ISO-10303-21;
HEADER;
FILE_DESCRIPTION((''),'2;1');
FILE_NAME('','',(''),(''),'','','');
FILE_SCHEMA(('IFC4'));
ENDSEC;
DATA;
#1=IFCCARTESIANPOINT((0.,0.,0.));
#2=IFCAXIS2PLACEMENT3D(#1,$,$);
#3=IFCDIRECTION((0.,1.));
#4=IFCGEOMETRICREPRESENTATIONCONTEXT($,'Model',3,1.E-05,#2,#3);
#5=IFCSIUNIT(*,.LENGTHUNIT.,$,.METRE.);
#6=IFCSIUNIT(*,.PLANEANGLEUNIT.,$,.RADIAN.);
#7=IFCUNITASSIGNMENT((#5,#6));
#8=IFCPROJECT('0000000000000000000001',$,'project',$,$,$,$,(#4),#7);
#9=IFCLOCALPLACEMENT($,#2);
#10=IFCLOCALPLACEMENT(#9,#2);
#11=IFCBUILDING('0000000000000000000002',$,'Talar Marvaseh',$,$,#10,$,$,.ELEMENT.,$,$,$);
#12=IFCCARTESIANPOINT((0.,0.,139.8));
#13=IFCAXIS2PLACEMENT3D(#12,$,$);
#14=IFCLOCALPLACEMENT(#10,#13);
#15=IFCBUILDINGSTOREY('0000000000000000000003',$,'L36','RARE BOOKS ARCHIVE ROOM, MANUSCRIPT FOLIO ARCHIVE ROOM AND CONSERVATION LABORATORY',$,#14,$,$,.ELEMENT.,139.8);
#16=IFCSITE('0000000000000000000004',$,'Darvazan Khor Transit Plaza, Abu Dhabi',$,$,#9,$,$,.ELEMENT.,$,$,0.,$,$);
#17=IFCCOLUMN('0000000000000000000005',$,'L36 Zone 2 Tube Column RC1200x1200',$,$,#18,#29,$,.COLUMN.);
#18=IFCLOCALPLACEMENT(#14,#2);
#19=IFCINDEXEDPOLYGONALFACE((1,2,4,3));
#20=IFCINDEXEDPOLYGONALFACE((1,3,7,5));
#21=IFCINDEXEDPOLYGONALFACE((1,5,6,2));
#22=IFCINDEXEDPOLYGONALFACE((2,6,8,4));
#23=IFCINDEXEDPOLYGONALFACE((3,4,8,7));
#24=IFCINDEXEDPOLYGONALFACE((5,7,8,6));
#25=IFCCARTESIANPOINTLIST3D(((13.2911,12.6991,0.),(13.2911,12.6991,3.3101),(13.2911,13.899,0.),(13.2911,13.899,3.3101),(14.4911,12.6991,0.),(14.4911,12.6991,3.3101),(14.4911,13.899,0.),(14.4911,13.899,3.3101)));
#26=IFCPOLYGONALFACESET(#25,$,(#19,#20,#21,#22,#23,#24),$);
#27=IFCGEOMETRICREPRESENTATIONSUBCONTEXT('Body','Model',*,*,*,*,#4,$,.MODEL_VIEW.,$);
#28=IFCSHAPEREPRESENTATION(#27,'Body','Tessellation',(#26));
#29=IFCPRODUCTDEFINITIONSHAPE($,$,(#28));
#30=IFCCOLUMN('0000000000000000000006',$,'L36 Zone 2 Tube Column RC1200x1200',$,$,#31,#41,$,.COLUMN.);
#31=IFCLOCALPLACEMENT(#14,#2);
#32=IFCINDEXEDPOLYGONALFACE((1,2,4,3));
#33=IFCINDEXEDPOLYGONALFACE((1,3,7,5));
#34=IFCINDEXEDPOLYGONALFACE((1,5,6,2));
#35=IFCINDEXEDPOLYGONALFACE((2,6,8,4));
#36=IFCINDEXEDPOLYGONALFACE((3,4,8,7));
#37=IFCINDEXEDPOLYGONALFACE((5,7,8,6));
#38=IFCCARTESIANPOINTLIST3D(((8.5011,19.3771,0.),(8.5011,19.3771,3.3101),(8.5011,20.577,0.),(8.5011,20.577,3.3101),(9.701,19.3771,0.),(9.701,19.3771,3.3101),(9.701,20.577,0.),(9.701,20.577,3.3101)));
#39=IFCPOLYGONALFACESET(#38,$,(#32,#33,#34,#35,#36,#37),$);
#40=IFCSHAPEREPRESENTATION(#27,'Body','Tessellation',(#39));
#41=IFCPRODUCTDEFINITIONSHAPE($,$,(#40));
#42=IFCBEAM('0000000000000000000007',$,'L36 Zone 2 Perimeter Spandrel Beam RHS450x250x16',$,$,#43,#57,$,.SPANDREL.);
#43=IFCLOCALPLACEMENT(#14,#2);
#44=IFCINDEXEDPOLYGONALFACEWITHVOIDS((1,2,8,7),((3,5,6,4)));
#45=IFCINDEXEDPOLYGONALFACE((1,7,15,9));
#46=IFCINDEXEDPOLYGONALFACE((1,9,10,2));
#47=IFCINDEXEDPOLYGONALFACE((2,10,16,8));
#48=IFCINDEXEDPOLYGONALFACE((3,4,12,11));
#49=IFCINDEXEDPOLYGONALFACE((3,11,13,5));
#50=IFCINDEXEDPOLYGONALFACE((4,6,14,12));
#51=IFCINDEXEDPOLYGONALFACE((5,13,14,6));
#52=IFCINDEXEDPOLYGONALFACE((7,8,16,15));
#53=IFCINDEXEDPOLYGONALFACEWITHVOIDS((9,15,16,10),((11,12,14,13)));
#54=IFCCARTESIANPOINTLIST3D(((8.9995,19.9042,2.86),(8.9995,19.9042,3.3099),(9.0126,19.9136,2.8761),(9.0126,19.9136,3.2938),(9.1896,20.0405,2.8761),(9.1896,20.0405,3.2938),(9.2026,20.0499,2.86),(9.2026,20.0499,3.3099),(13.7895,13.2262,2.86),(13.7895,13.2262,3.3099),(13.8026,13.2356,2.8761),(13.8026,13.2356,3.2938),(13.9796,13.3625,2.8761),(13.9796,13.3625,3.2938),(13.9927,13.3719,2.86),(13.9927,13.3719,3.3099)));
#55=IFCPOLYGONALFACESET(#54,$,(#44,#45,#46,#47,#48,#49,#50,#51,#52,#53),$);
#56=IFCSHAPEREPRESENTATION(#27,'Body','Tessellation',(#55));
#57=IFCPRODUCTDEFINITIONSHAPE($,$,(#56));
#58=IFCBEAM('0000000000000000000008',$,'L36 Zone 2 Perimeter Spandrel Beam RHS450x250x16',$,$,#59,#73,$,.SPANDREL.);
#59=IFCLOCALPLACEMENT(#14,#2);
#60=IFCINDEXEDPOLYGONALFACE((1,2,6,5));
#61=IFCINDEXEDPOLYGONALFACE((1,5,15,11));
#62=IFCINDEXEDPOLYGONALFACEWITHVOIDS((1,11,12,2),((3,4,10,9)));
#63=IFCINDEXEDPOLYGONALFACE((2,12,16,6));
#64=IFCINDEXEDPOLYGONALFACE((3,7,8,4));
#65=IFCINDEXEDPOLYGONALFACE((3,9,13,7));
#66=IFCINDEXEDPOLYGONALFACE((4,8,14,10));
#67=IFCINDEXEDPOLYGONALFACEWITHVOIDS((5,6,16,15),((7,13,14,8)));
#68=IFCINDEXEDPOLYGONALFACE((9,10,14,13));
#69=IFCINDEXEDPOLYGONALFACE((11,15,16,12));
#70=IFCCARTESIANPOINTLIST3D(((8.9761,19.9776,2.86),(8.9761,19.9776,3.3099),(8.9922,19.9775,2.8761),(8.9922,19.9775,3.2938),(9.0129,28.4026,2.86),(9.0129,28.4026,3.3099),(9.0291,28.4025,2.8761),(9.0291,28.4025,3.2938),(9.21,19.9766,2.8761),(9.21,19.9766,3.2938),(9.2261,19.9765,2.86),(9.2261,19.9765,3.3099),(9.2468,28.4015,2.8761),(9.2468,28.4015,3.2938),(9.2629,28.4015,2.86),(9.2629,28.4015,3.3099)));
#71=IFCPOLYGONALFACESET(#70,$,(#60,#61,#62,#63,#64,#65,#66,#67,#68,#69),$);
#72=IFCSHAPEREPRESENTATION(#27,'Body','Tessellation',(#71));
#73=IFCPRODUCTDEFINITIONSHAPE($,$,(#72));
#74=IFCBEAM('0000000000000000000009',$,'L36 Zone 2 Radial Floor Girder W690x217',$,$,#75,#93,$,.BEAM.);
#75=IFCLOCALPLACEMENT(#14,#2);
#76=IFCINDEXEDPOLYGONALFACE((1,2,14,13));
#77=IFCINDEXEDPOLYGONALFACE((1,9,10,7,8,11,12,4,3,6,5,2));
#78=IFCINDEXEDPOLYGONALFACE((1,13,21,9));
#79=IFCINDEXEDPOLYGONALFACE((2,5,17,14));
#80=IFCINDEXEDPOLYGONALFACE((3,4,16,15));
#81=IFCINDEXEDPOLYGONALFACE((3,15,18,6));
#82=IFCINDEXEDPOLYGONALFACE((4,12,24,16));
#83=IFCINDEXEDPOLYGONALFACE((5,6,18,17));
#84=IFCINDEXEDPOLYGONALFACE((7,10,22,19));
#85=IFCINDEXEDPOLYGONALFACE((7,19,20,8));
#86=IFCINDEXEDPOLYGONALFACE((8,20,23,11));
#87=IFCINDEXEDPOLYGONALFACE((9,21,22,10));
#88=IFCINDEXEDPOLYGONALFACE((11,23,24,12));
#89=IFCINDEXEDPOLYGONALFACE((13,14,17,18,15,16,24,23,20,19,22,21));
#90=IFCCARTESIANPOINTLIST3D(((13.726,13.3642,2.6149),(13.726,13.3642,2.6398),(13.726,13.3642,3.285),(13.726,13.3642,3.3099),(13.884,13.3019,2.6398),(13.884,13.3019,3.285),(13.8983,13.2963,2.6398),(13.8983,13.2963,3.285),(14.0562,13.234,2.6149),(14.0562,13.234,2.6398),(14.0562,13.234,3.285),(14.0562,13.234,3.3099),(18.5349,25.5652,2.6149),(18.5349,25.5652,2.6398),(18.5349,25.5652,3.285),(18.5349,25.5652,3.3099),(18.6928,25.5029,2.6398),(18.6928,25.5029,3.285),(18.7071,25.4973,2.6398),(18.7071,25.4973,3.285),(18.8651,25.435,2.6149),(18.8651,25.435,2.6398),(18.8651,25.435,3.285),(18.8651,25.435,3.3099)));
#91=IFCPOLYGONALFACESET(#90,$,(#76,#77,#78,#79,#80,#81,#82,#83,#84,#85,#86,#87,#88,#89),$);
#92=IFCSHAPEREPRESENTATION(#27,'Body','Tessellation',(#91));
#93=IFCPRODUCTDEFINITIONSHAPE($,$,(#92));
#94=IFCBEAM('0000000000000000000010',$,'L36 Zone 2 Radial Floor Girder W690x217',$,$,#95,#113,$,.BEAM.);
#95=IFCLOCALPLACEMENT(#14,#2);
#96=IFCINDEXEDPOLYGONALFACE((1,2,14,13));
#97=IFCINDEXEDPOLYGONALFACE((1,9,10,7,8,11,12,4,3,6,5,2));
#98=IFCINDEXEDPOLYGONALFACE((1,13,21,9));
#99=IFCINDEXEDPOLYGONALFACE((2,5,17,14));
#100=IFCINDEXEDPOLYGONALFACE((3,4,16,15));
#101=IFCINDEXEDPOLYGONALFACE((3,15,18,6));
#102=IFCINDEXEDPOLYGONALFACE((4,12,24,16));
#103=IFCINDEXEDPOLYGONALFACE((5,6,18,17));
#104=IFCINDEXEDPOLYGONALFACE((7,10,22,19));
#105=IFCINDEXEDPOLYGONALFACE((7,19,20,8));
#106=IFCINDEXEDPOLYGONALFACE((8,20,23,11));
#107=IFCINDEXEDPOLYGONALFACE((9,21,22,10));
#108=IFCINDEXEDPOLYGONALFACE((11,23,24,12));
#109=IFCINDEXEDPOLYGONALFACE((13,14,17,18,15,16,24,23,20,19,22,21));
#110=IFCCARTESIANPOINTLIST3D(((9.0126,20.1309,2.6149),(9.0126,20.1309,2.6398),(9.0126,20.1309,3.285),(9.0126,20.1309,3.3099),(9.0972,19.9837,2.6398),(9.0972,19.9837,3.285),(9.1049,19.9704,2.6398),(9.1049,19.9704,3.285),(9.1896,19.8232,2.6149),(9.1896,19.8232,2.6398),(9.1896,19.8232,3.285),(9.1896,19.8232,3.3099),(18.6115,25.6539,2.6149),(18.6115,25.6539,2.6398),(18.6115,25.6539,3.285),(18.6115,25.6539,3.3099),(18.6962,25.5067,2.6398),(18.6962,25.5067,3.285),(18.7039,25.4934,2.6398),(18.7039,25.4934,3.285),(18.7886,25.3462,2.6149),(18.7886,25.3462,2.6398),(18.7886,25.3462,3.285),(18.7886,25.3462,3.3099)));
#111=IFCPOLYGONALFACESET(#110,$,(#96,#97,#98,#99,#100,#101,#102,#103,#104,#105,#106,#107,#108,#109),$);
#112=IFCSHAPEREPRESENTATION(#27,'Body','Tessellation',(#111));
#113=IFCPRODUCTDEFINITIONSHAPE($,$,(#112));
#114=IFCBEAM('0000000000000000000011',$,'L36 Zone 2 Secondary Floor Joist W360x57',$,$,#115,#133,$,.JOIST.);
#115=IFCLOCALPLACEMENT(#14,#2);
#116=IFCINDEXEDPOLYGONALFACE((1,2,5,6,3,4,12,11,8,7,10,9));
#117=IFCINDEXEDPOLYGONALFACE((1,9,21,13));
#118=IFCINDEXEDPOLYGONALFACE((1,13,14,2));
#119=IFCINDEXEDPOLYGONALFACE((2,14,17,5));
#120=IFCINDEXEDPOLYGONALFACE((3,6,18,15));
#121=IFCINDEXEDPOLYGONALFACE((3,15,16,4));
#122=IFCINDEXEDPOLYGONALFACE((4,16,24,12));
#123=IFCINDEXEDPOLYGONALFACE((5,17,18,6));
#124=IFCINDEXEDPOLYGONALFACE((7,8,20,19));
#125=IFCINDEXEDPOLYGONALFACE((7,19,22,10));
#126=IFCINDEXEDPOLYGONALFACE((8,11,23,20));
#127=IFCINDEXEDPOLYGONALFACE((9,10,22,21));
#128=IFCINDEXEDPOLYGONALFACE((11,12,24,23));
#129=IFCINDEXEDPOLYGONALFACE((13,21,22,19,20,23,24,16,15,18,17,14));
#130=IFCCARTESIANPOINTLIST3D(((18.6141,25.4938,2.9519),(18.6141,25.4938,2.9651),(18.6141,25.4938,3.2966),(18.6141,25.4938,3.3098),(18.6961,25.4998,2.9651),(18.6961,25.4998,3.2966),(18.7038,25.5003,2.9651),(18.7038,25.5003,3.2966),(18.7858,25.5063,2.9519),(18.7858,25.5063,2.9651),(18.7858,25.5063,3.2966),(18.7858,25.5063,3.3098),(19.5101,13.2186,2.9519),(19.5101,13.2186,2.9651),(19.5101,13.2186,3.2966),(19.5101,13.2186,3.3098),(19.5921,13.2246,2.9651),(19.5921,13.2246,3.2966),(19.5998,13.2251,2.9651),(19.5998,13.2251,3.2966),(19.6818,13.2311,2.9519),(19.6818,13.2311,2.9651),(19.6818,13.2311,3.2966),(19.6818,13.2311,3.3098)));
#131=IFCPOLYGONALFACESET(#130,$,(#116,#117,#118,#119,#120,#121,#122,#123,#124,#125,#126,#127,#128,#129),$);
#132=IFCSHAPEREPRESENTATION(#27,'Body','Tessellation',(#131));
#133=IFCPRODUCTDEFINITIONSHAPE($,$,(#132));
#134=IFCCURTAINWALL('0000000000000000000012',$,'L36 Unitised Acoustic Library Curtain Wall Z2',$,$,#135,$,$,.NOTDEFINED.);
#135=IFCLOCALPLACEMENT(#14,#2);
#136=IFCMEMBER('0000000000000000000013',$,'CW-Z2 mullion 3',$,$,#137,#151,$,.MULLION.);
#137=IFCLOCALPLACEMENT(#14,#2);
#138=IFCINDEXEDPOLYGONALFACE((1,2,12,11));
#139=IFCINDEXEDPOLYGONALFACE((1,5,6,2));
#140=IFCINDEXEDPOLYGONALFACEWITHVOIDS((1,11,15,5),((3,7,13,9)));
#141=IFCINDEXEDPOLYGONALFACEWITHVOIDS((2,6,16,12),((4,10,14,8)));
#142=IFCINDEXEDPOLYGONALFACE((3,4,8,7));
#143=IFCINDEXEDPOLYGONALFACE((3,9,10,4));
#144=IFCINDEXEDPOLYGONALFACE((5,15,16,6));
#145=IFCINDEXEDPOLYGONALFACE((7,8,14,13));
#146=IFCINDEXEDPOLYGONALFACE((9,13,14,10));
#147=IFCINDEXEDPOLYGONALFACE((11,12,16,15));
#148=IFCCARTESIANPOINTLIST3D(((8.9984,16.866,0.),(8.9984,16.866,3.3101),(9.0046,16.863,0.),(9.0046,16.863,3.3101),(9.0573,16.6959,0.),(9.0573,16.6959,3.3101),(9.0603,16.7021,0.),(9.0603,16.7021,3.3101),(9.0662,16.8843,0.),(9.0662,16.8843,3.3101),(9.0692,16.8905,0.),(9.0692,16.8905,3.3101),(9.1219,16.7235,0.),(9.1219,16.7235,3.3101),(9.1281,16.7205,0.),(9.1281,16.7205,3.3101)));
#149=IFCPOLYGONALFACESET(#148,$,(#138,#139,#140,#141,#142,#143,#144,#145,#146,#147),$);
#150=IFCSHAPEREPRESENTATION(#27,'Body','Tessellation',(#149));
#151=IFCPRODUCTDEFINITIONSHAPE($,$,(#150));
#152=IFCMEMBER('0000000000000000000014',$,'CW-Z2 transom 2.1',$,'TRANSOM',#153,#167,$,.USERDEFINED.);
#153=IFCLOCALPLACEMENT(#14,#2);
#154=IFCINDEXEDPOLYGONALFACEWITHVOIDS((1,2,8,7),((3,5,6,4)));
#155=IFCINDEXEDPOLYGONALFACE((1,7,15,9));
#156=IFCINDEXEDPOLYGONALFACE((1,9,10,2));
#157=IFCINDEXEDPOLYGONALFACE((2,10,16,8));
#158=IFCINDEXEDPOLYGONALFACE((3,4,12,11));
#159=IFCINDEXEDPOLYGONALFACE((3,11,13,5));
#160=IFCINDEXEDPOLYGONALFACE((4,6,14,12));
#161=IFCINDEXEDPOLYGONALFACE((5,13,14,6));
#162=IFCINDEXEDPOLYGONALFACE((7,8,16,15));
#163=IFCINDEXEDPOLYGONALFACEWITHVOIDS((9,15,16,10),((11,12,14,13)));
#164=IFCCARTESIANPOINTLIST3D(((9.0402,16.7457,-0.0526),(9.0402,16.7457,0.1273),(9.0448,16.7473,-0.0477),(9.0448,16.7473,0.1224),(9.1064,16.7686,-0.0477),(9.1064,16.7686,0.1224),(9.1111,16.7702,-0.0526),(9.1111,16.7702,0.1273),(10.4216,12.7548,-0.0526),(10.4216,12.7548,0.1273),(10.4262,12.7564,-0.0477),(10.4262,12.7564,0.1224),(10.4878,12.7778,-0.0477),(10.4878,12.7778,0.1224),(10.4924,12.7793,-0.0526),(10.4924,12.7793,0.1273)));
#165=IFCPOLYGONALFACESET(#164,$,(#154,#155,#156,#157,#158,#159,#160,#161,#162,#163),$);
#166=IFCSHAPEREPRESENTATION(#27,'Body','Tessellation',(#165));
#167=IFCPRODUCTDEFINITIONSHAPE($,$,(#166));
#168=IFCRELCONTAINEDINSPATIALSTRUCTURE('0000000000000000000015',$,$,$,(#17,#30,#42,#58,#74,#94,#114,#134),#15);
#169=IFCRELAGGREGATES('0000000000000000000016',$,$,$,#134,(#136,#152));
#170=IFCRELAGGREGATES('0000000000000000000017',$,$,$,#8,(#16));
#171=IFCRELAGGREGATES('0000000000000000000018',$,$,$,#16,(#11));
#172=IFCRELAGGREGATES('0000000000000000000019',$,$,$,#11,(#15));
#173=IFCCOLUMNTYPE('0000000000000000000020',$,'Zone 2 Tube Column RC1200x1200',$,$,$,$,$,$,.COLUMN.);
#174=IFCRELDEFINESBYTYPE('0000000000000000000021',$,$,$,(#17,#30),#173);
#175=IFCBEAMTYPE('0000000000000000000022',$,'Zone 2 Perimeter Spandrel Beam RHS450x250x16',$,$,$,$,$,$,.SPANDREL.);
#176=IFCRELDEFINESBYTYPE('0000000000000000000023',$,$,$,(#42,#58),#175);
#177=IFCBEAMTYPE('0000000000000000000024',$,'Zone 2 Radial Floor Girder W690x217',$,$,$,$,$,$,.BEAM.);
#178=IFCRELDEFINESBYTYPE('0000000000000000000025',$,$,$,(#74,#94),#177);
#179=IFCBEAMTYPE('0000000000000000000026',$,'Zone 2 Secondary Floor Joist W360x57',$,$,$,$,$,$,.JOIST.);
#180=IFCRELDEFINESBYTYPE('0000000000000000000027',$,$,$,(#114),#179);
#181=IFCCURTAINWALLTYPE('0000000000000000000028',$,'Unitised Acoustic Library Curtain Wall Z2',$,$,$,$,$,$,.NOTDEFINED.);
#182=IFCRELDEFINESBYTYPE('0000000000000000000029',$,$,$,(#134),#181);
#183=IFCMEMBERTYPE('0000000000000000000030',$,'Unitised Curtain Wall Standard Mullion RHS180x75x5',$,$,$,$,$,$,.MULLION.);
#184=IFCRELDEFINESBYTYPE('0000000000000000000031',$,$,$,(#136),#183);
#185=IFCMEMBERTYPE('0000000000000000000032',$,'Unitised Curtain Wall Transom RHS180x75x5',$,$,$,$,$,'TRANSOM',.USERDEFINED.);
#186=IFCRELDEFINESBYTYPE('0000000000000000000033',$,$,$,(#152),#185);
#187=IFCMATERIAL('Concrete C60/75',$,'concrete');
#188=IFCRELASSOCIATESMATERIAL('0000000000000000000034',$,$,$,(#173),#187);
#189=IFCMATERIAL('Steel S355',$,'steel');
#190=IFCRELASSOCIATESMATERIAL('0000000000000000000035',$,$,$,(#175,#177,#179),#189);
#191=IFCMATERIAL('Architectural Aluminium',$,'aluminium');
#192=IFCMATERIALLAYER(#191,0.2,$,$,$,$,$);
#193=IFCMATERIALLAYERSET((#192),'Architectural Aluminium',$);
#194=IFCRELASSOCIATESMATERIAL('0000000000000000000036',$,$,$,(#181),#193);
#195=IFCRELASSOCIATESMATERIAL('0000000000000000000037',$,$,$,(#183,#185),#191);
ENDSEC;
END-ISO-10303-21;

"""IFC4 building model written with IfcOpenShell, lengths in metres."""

from ifc_helpers import new_model, si_unit, direction, frame, origin, origin_2d, place, context, subcontext, project, spatial, rectangle, hollow_rectangle, i_section, extrude, source, transform, mapped, material, layer, layer_set, material_profile, profile_set, type_object, type_shapes, element, aggregate, save


model = new_model("IFC4")

# Units and contexts
model_context = context("Model", 3, precision=1e-05, world=origin(), true_north=direction((0.0, 1.0)))
body_context = subcontext(model_context, "Body", "Model", "MODEL_VIEW")
ifc_project = project(units=[si_unit("LENGTHUNIT", "METRE"), si_unit("PLANEANGLEUNIT", "RADIAN")], contexts=[model_context])

# Site, building, storey
site_placement = place(None, origin())
site = spatial("IfcSite", under=ifc_project, at=site_placement, Name="Darvazan Khor Transit Plaza, Abu Dhabi", CompositionType="ELEMENT", RefElevation=0.0)
building_placement = place(site_placement, origin())
building = spatial("IfcBuilding", under=site, at=building_placement, Name="Talar Marvaseh", CompositionType="ELEMENT")
storey_placement = place(building_placement, frame((0.0, 0.0, 139.8)))
storey = spatial("IfcBuildingStorey", under=building, at=storey_placement, Name="L36", Description="RARE BOOKS ARCHIVE ROOM, MANUSCRIPT FOLIO ARCHIVE ROOM AND CONSERVATION LABORATORY", CompositionType="ELEMENT", Elevation=139.8)

# Columns
ifc_material_1 = material(Name="Concrete C60/75", Category="concrete")
ifc_material_profile_1 = material_profile(ifc_material_1, rectangle(XDim=1.2, YDim=1.2, at=origin_2d()), Name="RC1200x1200")
ifc_profile_set_1 = profile_set([ifc_material_profile_1], Name="Concrete C60/75")
column_type = type_object("IfcColumnType", Name="Zone 2 Tube Column RC1200x1200", PredefinedType="COLUMN", material=ifc_profile_set_1)
for number, where, z_axis, x_axis, name in (
    (1, (13.8911, 13.2991, 0.0), (0.0, 0.0, 1.0), (1.0, 0.0, 0.0), "L36 Zone 2 Tube Column RC1200x1200"),
    (2, (9.1011, 19.9771, 0.0), (0.0, 0.0, 1.0), (1.0, 0.0, 0.0), "L36 Zone 2 Tube Column RC1200x1200"),
):
    element("IfcColumn", number, at=place(storey_placement, frame(where, z_axis=z_axis, x_axis=x_axis)), inside=storey, type_object=column_type, Name=name, PredefinedType="COLUMN", context=body_context, shape_type="SweptSolid", body=[
        extrude(rectangle(XDim=1.2, YDim=1.2, at=origin_2d()), origin(), (0.0, 0.0, 1.0), 3.3101),
    ])

# Beams
ifc_material_2 = material(Name="Steel S355", Category="steel")
ifc_material_profile_2 = material_profile(ifc_material_2, hollow_rectangle(XDim=0.25, YDim=0.45, WallThickness=0.0161, at=origin_2d()), Name="RHS450x250x16")
ifc_profile_set_2 = profile_set([ifc_material_profile_2], Name="Steel S355")
beam_type_1 = type_object("IfcBeamType", Name="Zone 2 Perimeter Spandrel Beam RHS450x250x16", PredefinedType="SPANDREL", material=ifc_profile_set_2)
beam_1_placement = place(storey_placement, frame((13.8911, 13.2991, 3.085), z_axis=(-0.582853, 0.812578, 0.0), x_axis=(-0.812578, -0.582853, 0.0)))
element("IfcBeam", 3, at=beam_1_placement, inside=storey, type_object=beam_type_1, Name="L36 Zone 2 Perimeter Spandrel Beam RHS450x250x16", PredefinedType="SPANDREL", context=body_context, shape_type="SweptSolid", body=[
    extrude(hollow_rectangle(XDim=0.25, YDim=0.45, WallThickness=0.0161, at=origin_2d()), origin(), (0.0, 0.0, 1.0), 8.2183),
])
beam_2_placement = place(storey_placement, frame((9.1011, 19.9771, 3.085), z_axis=(0.004376, 0.99999, 0.0), x_axis=(-0.99999, 0.004376, 0.0)))
element("IfcBeam", 4, at=beam_2_placement, inside=storey, type_object=beam_type_1, Name="L36 Zone 2 Perimeter Spandrel Beam RHS450x250x16", PredefinedType="SPANDREL", context=body_context, shape_type="SweptSolid", body=[
    extrude(hollow_rectangle(XDim=0.25, YDim=0.45, WallThickness=0.0161, at=origin_2d()), origin(), (0.0, 0.0, 1.0), 8.425),
])
ifc_material_profile_3 = material_profile(ifc_material_2, i_section(OverallWidth=0.355, OverallDepth=0.6951, WebThickness=0.0154, FlangeThickness=0.0249, at=origin_2d()), Name="W690x217")
ifc_profile_set_3 = profile_set([ifc_material_profile_3], Name="Steel S355")
beam_type_2 = type_object("IfcBeamType", Name="Zone 2 Radial Floor Girder W690x217", PredefinedType="BEAM", material=ifc_profile_set_3)
beam_3_placement = place(storey_placement, frame((13.8911, 13.2991, 2.9624), z_axis=(0.366684, 0.930346, 0.0), x_axis=(-0.930346, 0.366684, 0.0)))
element("IfcBeam", 5, at=beam_3_placement, inside=storey, type_object=beam_type_2, Name="L36 Zone 2 Radial Floor Girder W690x217", PredefinedType="BEAM", context=body_context, shape_type="SweptSolid", body=[
    extrude(i_section(OverallWidth=0.355, OverallDepth=0.6951, WebThickness=0.0154, FlangeThickness=0.0249, at=origin_2d()), origin(), (0.0, 0.0, 1.0), 13.1145),
])
beam_4_placement = place(storey_placement, frame((9.1011, 19.9771, 2.9624), z_axis=(0.866766, 0.498715, 0.0), x_axis=(-0.498715, 0.866766, 0.0)))
element("IfcBeam", 6, at=beam_4_placement, inside=storey, type_object=beam_type_2, Name="L36 Zone 2 Radial Floor Girder W690x217", PredefinedType="BEAM", context=body_context, shape_type="SweptSolid", body=[
    extrude(i_section(OverallWidth=0.355, OverallDepth=0.6951, WebThickness=0.0154, FlangeThickness=0.0249, at=origin_2d()), origin(), (0.0, 0.0, 1.0), 11.0745),
])
ifc_material_profile_4 = material_profile(ifc_material_2, i_section(OverallWidth=0.1721, OverallDepth=0.3579, WebThickness=0.0078, FlangeThickness=0.0132, at=origin_2d()), Name="W360x57")
ifc_profile_set_4 = profile_set([ifc_material_profile_4], Name="Steel S355")
beam_type_3 = type_object("IfcBeamType", Name="Zone 2 Secondary Floor Joist W360x57", PredefinedType="JOIST", material=ifc_profile_set_4)
beam_5_placement = place(storey_placement, frame((19.5959, 13.2249, 3.1309), z_axis=(-0.072799, 0.997347, 0.0), x_axis=(-0.997347, -0.072799, 0.0)))
element("IfcBeam", 7, at=beam_5_placement, inside=storey, type_object=beam_type_3, Name="L36 Zone 2 Secondary Floor Joist W360x57", PredefinedType="JOIST", context=body_context, shape_type="SweptSolid", body=[
    extrude(i_section(OverallWidth=0.1721, OverallDepth=0.3579, WebThickness=0.0078, FlangeThickness=0.0132, at=origin_2d()), origin(), (0.0, 0.0, 1.0), 12.3079),
])

# Curtain wall, members
ifc_material_3 = material(Name="Architectural Aluminium", Category="aluminium")
ifc_layer_1 = layer(ifc_material_3, 0.2)
ifc_layer_set_1 = layer_set([ifc_layer_1], Name="Architectural Aluminium")
curtain_wall_type = type_object("IfcCurtainWallType", Name="Unitised Acoustic Library Curtain Wall Z2", PredefinedType="NOTDEFINED", material=ifc_layer_set_1)
curtain_wall_placement = place(storey_placement, origin())
curtain_wall = element("IfcCurtainWall", 8, at=curtain_wall_placement, inside=storey, type_object=curtain_wall_type, Name="L36 Unitised Acoustic Library Curtain Wall Z2", PredefinedType="NOTDEFINED")
ifc_material_profile_5 = material_profile(ifc_material_3, hollow_rectangle(XDim=0.075, YDim=0.1799, WallThickness=0.0049, at=origin_2d()), Name="RHS180x75x5")
ifc_profile_set_5 = profile_set([ifc_material_profile_5], Name="Architectural Aluminium")
member_type_1 = type_object("IfcMemberType", Name="Unitised Curtain Wall Standard Mullion RHS180x75x5", PredefinedType="MULLION", material=ifc_profile_set_5)
shared_shape_1 = source(origin(), body_context, "Body", "SweptSolid", [
    extrude(hollow_rectangle(XDim=0.075, YDim=0.1799, WallThickness=0.0049, at=origin_2d()), origin(), (0.0, 0.0, 1.0), 3.3101),
])
type_shapes(member_type_1, [shared_shape_1])
member_1_placement = place(storey_placement, frame((9.0632, 16.7932, 0.0), z_axis=(0.0, 0.0, 1.0), x_axis=(-0.944969, -0.32716, 0.0)))
member_1 = element("IfcMember", 9, at=member_1_placement, type_object=member_type_1, Name="CW-Z2 mullion 3", PredefinedType="MULLION", context=body_context, shape_type="MappedRepresentation", body=[
    mapped(shared_shape_1, transform((0.0, 0.0, 0.0), x_axis=(1.0, 0.0, 0.0), y_axis=(0.0, 1.0, 0.0), z_axis=(0.0, 0.0, 1.0), scale=1.0)),
])
ifc_material_profile_6 = material_profile(ifc_material_3, hollow_rectangle(XDim=0.075, YDim=0.1799, WallThickness=0.0049, at=origin_2d()), Name="RHS180x75x5")
ifc_profile_set_6 = profile_set([ifc_material_profile_6], Name="Architectural Aluminium")
member_type_2 = type_object("IfcMemberType", Name="Unitised Curtain Wall Transom RHS180x75x5", ElementType="TRANSOM", PredefinedType="USERDEFINED", material=ifc_profile_set_6)
shared_shape_2 = source(origin(), body_context, "Body", "SweptSolid", [
    extrude(hollow_rectangle(XDim=0.075, YDim=0.1799, WallThickness=0.0049, at=origin_2d()), origin(), (0.0, 0.0, 1.0), 4.2231),
])
type_shapes(member_type_2, [shared_shape_2])
member_2_placement = place(storey_placement, frame((10.457, 12.7671, 0.0374), z_axis=(-0.327099, 0.94499, 0.0), x_axis=(-0.94499, -0.327099, 0.0)))
member_2 = element("IfcMember", 10, at=member_2_placement, type_object=member_type_2, Name="CW-Z2 transom 2.1", ObjectType="TRANSOM", PredefinedType="USERDEFINED", context=body_context, shape_type="MappedRepresentation", body=[
    mapped(shared_shape_2, transform((0.0, 0.0, 0.0), x_axis=(1.0, 0.0, 0.0), y_axis=(0.0, 1.0, 0.0), z_axis=(0.0, 0.0, 1.0), scale=1.0)),
])
aggregate(curtain_wall, [member_1, member_2])

save(model, "model.ifc")
